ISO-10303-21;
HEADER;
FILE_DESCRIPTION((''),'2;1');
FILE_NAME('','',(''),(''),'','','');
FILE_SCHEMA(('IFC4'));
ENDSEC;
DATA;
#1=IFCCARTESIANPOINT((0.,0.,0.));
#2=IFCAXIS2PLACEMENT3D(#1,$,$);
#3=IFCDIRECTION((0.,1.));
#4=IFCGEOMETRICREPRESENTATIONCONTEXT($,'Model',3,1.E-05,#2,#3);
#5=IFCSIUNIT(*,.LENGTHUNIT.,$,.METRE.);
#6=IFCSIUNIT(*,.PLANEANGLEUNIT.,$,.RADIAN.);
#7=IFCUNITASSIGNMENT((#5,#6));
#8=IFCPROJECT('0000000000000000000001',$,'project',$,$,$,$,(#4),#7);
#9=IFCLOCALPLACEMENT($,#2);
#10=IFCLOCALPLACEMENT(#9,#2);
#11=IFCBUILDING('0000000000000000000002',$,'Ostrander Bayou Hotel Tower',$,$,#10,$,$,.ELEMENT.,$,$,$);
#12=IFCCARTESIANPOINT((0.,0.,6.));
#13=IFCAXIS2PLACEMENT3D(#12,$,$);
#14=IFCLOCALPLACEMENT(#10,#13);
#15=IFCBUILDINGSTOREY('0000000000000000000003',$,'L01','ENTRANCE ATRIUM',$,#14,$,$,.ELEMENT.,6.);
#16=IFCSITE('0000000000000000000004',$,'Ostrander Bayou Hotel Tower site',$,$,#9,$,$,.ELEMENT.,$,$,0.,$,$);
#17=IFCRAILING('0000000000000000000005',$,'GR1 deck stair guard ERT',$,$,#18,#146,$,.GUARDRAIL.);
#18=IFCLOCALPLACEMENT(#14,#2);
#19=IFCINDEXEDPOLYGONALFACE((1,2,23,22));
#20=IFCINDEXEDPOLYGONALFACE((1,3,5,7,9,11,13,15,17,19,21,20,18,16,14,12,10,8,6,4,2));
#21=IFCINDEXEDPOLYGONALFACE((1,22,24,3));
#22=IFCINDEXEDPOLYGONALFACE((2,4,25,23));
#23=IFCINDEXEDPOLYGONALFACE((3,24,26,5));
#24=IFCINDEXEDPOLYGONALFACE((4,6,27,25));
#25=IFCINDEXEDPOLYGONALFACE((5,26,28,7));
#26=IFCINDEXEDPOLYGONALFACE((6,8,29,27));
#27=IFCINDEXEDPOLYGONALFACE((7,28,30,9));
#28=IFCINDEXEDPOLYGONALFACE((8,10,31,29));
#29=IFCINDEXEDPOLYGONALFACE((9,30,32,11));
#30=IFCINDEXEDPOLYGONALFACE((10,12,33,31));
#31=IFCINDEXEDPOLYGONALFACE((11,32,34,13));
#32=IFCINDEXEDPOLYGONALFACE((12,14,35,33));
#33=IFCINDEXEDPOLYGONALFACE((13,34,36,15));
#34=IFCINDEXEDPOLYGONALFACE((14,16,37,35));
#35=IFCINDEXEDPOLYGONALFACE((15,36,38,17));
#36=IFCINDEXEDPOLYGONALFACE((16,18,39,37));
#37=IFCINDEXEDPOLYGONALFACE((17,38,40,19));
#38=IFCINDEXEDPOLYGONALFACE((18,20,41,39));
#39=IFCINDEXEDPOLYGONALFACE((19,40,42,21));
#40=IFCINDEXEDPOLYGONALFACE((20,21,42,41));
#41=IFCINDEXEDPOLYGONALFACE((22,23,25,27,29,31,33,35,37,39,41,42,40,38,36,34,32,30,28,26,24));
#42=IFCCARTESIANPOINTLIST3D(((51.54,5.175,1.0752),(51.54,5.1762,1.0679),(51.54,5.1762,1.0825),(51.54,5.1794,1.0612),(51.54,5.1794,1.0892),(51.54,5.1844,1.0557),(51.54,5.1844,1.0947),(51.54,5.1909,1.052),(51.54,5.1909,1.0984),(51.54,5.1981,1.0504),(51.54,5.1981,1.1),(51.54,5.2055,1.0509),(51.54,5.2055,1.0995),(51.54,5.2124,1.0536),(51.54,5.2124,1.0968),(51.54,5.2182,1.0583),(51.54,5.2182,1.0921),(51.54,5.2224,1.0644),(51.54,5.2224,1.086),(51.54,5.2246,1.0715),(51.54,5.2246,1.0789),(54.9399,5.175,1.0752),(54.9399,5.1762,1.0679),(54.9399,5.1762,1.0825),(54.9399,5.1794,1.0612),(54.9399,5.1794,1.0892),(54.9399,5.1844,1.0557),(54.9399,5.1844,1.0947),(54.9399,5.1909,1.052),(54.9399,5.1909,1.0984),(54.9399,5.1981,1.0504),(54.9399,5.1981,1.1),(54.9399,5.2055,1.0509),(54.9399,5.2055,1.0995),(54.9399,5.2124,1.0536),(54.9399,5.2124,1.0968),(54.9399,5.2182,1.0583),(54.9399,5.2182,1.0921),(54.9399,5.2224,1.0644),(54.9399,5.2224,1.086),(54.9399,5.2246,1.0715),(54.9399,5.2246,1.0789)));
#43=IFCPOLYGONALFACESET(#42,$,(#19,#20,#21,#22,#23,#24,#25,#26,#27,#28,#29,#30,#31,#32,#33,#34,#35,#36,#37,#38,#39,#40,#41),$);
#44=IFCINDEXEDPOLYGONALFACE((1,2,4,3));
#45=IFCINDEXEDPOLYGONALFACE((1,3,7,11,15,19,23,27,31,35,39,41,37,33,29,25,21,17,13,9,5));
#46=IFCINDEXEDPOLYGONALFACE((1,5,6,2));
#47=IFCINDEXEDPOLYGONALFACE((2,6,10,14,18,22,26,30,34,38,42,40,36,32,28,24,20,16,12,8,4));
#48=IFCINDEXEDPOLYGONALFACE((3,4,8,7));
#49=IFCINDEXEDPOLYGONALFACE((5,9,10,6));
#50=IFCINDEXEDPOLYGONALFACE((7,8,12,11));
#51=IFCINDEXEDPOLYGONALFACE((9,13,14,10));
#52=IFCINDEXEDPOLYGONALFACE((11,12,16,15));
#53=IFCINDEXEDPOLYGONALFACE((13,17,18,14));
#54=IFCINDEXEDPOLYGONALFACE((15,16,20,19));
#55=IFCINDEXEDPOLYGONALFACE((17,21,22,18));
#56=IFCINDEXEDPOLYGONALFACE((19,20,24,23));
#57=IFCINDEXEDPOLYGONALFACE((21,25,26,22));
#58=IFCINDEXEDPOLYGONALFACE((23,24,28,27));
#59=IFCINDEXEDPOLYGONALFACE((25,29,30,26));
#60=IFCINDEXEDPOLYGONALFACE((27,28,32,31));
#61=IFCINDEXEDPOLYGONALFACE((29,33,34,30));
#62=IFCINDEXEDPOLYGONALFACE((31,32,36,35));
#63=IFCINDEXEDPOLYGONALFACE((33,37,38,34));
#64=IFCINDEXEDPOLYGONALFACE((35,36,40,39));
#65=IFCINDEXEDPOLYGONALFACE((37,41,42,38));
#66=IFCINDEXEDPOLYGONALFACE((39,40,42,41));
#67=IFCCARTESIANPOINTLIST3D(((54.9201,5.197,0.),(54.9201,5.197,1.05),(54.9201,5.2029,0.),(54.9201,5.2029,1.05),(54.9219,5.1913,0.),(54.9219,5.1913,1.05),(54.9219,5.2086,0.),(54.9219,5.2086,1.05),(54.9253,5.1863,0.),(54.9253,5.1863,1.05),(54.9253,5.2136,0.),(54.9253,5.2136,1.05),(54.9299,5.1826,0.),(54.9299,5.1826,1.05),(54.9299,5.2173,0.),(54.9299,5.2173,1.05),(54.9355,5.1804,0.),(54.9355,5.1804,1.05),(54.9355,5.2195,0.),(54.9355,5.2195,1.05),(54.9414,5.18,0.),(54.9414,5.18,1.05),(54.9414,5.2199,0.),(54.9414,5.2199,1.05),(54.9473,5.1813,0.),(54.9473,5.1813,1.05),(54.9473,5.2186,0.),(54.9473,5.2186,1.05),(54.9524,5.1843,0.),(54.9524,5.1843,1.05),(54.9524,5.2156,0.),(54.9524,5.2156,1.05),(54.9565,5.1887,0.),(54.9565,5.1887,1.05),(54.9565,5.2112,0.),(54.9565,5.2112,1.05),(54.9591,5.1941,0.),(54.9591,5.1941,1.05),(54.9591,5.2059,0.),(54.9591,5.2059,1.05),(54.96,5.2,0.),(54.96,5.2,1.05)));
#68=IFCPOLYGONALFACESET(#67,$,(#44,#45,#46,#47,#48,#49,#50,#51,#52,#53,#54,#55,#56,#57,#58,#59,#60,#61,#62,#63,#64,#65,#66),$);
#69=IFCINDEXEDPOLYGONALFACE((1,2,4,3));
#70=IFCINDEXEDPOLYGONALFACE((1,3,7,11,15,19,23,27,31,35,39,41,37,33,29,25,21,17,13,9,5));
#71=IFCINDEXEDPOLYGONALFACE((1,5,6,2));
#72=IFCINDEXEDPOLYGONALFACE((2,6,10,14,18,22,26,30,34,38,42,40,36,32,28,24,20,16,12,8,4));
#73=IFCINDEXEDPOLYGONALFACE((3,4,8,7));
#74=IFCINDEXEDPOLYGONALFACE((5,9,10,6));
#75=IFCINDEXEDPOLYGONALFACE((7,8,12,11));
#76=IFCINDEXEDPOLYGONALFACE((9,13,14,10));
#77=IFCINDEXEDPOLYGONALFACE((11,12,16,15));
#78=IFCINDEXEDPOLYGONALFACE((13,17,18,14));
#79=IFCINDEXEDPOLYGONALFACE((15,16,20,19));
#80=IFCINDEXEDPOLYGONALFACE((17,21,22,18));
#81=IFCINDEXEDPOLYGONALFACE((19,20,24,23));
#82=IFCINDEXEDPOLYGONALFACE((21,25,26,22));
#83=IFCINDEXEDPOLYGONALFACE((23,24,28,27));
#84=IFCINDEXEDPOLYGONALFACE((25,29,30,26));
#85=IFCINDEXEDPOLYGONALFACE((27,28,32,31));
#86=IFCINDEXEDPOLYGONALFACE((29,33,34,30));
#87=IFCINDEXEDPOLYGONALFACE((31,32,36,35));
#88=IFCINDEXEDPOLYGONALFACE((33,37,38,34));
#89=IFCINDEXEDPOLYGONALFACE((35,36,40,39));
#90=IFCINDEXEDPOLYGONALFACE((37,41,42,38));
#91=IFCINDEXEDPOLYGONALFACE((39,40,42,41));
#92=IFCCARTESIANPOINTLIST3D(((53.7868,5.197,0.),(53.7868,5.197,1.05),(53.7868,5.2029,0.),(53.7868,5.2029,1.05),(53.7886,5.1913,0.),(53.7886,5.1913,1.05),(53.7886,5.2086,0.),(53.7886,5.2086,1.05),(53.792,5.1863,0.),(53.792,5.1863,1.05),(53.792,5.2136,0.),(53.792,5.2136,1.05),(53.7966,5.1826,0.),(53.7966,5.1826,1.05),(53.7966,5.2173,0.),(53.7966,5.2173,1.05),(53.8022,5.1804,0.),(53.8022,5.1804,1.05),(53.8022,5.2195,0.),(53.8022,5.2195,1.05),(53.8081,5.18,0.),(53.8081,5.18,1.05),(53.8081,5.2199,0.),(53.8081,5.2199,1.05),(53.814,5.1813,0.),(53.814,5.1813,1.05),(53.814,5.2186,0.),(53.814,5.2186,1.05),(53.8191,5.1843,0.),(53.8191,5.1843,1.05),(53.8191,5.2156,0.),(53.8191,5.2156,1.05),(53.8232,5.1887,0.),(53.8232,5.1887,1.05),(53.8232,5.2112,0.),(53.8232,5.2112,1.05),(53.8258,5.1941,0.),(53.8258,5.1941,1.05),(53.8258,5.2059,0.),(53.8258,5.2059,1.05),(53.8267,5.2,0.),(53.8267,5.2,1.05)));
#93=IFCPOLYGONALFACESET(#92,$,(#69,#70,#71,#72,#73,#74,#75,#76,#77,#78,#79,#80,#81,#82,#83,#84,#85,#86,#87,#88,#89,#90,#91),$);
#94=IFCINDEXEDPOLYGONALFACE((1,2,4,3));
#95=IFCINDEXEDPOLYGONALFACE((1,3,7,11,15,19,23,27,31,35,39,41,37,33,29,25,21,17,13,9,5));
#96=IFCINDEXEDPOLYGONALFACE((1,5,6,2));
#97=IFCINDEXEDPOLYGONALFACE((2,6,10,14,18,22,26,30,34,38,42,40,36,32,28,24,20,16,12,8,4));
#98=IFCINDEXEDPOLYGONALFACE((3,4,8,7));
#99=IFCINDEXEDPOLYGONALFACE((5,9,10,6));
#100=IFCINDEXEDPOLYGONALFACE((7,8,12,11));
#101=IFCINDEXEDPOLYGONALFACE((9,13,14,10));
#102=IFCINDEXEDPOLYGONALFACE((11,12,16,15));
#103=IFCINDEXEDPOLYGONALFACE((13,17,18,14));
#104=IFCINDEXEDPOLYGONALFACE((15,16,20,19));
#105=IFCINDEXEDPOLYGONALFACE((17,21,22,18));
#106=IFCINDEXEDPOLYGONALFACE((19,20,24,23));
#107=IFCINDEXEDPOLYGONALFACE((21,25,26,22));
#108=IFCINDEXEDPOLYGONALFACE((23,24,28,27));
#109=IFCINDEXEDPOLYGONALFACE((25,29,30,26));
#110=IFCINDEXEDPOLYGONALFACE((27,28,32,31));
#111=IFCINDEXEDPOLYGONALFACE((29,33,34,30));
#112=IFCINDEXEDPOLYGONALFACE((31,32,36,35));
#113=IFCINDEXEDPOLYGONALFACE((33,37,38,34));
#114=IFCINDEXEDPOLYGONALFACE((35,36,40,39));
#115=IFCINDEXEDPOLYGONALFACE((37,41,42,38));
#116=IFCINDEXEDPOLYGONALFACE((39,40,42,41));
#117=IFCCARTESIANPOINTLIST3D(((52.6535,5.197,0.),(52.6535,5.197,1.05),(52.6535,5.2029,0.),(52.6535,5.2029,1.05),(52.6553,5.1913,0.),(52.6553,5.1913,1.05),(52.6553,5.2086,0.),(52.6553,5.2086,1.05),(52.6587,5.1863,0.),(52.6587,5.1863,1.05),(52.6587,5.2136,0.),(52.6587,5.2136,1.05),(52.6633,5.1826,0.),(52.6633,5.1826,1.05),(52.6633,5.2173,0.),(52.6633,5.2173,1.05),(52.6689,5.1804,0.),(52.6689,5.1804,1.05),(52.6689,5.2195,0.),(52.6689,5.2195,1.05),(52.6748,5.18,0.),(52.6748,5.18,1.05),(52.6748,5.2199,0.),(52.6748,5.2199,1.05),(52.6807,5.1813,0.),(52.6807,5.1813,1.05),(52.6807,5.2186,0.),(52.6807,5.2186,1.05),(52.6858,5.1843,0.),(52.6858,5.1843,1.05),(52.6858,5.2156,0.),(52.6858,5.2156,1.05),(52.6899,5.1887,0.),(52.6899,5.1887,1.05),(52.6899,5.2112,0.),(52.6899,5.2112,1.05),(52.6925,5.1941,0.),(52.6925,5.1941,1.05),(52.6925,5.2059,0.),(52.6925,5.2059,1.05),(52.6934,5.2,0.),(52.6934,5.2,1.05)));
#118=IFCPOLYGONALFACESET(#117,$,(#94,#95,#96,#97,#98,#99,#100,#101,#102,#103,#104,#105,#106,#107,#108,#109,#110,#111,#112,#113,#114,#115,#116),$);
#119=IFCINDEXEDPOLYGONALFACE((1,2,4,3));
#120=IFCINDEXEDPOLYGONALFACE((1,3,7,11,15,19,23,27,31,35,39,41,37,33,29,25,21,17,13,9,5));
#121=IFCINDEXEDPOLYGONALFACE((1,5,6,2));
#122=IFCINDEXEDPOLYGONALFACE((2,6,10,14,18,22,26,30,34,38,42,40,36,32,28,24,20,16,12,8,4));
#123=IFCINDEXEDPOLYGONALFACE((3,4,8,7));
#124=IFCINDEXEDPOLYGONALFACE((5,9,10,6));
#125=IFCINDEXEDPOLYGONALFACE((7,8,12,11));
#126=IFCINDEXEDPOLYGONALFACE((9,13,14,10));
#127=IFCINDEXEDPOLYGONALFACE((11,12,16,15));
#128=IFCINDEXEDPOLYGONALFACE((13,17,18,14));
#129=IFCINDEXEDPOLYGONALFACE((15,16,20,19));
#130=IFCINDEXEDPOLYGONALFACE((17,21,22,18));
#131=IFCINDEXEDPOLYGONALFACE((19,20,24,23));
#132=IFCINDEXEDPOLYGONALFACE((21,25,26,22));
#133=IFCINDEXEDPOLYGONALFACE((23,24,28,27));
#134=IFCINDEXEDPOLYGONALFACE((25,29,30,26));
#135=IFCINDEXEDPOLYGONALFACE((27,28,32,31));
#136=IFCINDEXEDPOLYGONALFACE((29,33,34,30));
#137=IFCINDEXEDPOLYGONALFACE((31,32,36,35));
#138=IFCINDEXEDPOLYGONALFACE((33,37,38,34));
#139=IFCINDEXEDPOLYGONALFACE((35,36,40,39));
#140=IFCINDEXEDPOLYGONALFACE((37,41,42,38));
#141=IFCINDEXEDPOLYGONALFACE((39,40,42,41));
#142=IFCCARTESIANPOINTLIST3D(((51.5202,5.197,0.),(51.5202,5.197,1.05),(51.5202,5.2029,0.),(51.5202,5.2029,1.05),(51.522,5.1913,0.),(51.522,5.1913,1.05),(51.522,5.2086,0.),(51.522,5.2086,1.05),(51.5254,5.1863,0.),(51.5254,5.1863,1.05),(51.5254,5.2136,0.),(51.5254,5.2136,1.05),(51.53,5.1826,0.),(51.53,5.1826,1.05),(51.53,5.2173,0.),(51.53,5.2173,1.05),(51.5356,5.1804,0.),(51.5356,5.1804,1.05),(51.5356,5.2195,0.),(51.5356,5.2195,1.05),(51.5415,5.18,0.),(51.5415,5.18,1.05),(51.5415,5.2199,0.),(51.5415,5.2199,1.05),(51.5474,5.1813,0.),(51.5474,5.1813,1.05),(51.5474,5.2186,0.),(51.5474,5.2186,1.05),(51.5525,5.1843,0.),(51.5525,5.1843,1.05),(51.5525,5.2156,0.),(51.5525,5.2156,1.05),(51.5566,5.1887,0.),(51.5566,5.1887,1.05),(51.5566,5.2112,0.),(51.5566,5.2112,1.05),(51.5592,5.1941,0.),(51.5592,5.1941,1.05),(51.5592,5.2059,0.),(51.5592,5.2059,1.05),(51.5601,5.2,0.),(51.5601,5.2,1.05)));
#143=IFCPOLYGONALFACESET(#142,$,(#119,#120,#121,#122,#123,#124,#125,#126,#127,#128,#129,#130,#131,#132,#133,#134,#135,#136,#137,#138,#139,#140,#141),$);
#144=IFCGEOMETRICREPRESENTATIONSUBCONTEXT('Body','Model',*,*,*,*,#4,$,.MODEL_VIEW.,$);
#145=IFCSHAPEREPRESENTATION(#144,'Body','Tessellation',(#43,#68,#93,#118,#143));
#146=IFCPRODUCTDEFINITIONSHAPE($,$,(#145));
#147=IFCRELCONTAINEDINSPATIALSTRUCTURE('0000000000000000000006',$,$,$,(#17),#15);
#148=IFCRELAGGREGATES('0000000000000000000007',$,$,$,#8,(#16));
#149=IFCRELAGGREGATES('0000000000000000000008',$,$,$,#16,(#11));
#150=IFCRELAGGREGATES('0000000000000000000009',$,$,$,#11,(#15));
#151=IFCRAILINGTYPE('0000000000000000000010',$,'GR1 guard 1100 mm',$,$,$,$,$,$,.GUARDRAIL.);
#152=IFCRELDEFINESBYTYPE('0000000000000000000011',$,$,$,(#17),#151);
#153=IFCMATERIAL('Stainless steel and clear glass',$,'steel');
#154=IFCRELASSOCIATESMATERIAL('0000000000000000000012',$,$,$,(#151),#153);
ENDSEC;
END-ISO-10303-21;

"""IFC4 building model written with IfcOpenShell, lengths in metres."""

from ifc_helpers import new_model, si_unit, direction, frame, origin, origin_2d, place, context, subcontext, project, spatial, circle, extrude, material, type_object, element, save


model = new_model("IFC4")

# Units and contexts
model_context = context("Model", 3, precision=1e-05, world=origin(), true_north=direction((0.0, 1.0)))
body_context = subcontext(model_context, "Body", "Model", "MODEL_VIEW")
ifc_project = project(units=[si_unit("LENGTHUNIT", "METRE"), si_unit("PLANEANGLEUNIT", "RADIAN")], contexts=[model_context])

# Site, building, storey
site_placement = place(None, origin())
site = spatial("IfcSite", under=ifc_project, at=site_placement, Name="Ostrander Bayou Hotel Tower site", CompositionType="ELEMENT", RefElevation=0.0)
building_placement = place(site_placement, origin())
building = spatial("IfcBuilding", under=site, at=building_placement, Name="Ostrander Bayou Hotel Tower", CompositionType="ELEMENT")
storey_placement = place(building_placement, frame((0.0, 0.0, 6.0)))
storey = spatial("IfcBuildingStorey", under=building, at=storey_placement, Name="L01", Description="ENTRANCE ATRIUM", CompositionType="ELEMENT", Elevation=6.0)

# Railing
ifc_material_1 = material(Name="Stainless steel and clear glass", Category="steel")
railing_type = type_object("IfcRailingType", Name="GR1 guard 1100 mm", PredefinedType="GUARDRAIL", material=ifc_material_1)
railing_1_placement = place(storey_placement, frame((54.9399, 5.2, 0.0)))
element("IfcRailing", 1, at=railing_1_placement, inside=storey, type_object=railing_type, Name="GR1 deck stair guard ERT", PredefinedType="GUARDRAIL", context=body_context, shape_type="SweptSolid", body=[
    extrude(circle(Radius=0.0249, at=origin_2d()), frame((0.0, 0.0, 1.0752), z_axis=(-1.0, 0.0, 0.0), x_axis=(0.0, -1.0, 0.0)), (0.0, 0.0, 1.0), 3.3999),
    extrude(circle(Radius=0.02, at=origin_2d()), origin(), (0.0, 0.0, 1.0), 1.05),
    extrude(circle(Radius=0.02, at=origin_2d()), frame((-1.1333, 0.0, 0.0)), (0.0, 0.0, 1.0), 1.05),
    extrude(circle(Radius=0.02, at=origin_2d()), frame((-2.2666, 0.0, 0.0)), (0.0, 0.0, 1.0), 1.05),
    extrude(circle(Radius=0.02, at=origin_2d()), frame((-3.3999, 0.0, 0.0)), (0.0, 0.0, 1.0), 1.05),
])

save(model, "model.ifc")
